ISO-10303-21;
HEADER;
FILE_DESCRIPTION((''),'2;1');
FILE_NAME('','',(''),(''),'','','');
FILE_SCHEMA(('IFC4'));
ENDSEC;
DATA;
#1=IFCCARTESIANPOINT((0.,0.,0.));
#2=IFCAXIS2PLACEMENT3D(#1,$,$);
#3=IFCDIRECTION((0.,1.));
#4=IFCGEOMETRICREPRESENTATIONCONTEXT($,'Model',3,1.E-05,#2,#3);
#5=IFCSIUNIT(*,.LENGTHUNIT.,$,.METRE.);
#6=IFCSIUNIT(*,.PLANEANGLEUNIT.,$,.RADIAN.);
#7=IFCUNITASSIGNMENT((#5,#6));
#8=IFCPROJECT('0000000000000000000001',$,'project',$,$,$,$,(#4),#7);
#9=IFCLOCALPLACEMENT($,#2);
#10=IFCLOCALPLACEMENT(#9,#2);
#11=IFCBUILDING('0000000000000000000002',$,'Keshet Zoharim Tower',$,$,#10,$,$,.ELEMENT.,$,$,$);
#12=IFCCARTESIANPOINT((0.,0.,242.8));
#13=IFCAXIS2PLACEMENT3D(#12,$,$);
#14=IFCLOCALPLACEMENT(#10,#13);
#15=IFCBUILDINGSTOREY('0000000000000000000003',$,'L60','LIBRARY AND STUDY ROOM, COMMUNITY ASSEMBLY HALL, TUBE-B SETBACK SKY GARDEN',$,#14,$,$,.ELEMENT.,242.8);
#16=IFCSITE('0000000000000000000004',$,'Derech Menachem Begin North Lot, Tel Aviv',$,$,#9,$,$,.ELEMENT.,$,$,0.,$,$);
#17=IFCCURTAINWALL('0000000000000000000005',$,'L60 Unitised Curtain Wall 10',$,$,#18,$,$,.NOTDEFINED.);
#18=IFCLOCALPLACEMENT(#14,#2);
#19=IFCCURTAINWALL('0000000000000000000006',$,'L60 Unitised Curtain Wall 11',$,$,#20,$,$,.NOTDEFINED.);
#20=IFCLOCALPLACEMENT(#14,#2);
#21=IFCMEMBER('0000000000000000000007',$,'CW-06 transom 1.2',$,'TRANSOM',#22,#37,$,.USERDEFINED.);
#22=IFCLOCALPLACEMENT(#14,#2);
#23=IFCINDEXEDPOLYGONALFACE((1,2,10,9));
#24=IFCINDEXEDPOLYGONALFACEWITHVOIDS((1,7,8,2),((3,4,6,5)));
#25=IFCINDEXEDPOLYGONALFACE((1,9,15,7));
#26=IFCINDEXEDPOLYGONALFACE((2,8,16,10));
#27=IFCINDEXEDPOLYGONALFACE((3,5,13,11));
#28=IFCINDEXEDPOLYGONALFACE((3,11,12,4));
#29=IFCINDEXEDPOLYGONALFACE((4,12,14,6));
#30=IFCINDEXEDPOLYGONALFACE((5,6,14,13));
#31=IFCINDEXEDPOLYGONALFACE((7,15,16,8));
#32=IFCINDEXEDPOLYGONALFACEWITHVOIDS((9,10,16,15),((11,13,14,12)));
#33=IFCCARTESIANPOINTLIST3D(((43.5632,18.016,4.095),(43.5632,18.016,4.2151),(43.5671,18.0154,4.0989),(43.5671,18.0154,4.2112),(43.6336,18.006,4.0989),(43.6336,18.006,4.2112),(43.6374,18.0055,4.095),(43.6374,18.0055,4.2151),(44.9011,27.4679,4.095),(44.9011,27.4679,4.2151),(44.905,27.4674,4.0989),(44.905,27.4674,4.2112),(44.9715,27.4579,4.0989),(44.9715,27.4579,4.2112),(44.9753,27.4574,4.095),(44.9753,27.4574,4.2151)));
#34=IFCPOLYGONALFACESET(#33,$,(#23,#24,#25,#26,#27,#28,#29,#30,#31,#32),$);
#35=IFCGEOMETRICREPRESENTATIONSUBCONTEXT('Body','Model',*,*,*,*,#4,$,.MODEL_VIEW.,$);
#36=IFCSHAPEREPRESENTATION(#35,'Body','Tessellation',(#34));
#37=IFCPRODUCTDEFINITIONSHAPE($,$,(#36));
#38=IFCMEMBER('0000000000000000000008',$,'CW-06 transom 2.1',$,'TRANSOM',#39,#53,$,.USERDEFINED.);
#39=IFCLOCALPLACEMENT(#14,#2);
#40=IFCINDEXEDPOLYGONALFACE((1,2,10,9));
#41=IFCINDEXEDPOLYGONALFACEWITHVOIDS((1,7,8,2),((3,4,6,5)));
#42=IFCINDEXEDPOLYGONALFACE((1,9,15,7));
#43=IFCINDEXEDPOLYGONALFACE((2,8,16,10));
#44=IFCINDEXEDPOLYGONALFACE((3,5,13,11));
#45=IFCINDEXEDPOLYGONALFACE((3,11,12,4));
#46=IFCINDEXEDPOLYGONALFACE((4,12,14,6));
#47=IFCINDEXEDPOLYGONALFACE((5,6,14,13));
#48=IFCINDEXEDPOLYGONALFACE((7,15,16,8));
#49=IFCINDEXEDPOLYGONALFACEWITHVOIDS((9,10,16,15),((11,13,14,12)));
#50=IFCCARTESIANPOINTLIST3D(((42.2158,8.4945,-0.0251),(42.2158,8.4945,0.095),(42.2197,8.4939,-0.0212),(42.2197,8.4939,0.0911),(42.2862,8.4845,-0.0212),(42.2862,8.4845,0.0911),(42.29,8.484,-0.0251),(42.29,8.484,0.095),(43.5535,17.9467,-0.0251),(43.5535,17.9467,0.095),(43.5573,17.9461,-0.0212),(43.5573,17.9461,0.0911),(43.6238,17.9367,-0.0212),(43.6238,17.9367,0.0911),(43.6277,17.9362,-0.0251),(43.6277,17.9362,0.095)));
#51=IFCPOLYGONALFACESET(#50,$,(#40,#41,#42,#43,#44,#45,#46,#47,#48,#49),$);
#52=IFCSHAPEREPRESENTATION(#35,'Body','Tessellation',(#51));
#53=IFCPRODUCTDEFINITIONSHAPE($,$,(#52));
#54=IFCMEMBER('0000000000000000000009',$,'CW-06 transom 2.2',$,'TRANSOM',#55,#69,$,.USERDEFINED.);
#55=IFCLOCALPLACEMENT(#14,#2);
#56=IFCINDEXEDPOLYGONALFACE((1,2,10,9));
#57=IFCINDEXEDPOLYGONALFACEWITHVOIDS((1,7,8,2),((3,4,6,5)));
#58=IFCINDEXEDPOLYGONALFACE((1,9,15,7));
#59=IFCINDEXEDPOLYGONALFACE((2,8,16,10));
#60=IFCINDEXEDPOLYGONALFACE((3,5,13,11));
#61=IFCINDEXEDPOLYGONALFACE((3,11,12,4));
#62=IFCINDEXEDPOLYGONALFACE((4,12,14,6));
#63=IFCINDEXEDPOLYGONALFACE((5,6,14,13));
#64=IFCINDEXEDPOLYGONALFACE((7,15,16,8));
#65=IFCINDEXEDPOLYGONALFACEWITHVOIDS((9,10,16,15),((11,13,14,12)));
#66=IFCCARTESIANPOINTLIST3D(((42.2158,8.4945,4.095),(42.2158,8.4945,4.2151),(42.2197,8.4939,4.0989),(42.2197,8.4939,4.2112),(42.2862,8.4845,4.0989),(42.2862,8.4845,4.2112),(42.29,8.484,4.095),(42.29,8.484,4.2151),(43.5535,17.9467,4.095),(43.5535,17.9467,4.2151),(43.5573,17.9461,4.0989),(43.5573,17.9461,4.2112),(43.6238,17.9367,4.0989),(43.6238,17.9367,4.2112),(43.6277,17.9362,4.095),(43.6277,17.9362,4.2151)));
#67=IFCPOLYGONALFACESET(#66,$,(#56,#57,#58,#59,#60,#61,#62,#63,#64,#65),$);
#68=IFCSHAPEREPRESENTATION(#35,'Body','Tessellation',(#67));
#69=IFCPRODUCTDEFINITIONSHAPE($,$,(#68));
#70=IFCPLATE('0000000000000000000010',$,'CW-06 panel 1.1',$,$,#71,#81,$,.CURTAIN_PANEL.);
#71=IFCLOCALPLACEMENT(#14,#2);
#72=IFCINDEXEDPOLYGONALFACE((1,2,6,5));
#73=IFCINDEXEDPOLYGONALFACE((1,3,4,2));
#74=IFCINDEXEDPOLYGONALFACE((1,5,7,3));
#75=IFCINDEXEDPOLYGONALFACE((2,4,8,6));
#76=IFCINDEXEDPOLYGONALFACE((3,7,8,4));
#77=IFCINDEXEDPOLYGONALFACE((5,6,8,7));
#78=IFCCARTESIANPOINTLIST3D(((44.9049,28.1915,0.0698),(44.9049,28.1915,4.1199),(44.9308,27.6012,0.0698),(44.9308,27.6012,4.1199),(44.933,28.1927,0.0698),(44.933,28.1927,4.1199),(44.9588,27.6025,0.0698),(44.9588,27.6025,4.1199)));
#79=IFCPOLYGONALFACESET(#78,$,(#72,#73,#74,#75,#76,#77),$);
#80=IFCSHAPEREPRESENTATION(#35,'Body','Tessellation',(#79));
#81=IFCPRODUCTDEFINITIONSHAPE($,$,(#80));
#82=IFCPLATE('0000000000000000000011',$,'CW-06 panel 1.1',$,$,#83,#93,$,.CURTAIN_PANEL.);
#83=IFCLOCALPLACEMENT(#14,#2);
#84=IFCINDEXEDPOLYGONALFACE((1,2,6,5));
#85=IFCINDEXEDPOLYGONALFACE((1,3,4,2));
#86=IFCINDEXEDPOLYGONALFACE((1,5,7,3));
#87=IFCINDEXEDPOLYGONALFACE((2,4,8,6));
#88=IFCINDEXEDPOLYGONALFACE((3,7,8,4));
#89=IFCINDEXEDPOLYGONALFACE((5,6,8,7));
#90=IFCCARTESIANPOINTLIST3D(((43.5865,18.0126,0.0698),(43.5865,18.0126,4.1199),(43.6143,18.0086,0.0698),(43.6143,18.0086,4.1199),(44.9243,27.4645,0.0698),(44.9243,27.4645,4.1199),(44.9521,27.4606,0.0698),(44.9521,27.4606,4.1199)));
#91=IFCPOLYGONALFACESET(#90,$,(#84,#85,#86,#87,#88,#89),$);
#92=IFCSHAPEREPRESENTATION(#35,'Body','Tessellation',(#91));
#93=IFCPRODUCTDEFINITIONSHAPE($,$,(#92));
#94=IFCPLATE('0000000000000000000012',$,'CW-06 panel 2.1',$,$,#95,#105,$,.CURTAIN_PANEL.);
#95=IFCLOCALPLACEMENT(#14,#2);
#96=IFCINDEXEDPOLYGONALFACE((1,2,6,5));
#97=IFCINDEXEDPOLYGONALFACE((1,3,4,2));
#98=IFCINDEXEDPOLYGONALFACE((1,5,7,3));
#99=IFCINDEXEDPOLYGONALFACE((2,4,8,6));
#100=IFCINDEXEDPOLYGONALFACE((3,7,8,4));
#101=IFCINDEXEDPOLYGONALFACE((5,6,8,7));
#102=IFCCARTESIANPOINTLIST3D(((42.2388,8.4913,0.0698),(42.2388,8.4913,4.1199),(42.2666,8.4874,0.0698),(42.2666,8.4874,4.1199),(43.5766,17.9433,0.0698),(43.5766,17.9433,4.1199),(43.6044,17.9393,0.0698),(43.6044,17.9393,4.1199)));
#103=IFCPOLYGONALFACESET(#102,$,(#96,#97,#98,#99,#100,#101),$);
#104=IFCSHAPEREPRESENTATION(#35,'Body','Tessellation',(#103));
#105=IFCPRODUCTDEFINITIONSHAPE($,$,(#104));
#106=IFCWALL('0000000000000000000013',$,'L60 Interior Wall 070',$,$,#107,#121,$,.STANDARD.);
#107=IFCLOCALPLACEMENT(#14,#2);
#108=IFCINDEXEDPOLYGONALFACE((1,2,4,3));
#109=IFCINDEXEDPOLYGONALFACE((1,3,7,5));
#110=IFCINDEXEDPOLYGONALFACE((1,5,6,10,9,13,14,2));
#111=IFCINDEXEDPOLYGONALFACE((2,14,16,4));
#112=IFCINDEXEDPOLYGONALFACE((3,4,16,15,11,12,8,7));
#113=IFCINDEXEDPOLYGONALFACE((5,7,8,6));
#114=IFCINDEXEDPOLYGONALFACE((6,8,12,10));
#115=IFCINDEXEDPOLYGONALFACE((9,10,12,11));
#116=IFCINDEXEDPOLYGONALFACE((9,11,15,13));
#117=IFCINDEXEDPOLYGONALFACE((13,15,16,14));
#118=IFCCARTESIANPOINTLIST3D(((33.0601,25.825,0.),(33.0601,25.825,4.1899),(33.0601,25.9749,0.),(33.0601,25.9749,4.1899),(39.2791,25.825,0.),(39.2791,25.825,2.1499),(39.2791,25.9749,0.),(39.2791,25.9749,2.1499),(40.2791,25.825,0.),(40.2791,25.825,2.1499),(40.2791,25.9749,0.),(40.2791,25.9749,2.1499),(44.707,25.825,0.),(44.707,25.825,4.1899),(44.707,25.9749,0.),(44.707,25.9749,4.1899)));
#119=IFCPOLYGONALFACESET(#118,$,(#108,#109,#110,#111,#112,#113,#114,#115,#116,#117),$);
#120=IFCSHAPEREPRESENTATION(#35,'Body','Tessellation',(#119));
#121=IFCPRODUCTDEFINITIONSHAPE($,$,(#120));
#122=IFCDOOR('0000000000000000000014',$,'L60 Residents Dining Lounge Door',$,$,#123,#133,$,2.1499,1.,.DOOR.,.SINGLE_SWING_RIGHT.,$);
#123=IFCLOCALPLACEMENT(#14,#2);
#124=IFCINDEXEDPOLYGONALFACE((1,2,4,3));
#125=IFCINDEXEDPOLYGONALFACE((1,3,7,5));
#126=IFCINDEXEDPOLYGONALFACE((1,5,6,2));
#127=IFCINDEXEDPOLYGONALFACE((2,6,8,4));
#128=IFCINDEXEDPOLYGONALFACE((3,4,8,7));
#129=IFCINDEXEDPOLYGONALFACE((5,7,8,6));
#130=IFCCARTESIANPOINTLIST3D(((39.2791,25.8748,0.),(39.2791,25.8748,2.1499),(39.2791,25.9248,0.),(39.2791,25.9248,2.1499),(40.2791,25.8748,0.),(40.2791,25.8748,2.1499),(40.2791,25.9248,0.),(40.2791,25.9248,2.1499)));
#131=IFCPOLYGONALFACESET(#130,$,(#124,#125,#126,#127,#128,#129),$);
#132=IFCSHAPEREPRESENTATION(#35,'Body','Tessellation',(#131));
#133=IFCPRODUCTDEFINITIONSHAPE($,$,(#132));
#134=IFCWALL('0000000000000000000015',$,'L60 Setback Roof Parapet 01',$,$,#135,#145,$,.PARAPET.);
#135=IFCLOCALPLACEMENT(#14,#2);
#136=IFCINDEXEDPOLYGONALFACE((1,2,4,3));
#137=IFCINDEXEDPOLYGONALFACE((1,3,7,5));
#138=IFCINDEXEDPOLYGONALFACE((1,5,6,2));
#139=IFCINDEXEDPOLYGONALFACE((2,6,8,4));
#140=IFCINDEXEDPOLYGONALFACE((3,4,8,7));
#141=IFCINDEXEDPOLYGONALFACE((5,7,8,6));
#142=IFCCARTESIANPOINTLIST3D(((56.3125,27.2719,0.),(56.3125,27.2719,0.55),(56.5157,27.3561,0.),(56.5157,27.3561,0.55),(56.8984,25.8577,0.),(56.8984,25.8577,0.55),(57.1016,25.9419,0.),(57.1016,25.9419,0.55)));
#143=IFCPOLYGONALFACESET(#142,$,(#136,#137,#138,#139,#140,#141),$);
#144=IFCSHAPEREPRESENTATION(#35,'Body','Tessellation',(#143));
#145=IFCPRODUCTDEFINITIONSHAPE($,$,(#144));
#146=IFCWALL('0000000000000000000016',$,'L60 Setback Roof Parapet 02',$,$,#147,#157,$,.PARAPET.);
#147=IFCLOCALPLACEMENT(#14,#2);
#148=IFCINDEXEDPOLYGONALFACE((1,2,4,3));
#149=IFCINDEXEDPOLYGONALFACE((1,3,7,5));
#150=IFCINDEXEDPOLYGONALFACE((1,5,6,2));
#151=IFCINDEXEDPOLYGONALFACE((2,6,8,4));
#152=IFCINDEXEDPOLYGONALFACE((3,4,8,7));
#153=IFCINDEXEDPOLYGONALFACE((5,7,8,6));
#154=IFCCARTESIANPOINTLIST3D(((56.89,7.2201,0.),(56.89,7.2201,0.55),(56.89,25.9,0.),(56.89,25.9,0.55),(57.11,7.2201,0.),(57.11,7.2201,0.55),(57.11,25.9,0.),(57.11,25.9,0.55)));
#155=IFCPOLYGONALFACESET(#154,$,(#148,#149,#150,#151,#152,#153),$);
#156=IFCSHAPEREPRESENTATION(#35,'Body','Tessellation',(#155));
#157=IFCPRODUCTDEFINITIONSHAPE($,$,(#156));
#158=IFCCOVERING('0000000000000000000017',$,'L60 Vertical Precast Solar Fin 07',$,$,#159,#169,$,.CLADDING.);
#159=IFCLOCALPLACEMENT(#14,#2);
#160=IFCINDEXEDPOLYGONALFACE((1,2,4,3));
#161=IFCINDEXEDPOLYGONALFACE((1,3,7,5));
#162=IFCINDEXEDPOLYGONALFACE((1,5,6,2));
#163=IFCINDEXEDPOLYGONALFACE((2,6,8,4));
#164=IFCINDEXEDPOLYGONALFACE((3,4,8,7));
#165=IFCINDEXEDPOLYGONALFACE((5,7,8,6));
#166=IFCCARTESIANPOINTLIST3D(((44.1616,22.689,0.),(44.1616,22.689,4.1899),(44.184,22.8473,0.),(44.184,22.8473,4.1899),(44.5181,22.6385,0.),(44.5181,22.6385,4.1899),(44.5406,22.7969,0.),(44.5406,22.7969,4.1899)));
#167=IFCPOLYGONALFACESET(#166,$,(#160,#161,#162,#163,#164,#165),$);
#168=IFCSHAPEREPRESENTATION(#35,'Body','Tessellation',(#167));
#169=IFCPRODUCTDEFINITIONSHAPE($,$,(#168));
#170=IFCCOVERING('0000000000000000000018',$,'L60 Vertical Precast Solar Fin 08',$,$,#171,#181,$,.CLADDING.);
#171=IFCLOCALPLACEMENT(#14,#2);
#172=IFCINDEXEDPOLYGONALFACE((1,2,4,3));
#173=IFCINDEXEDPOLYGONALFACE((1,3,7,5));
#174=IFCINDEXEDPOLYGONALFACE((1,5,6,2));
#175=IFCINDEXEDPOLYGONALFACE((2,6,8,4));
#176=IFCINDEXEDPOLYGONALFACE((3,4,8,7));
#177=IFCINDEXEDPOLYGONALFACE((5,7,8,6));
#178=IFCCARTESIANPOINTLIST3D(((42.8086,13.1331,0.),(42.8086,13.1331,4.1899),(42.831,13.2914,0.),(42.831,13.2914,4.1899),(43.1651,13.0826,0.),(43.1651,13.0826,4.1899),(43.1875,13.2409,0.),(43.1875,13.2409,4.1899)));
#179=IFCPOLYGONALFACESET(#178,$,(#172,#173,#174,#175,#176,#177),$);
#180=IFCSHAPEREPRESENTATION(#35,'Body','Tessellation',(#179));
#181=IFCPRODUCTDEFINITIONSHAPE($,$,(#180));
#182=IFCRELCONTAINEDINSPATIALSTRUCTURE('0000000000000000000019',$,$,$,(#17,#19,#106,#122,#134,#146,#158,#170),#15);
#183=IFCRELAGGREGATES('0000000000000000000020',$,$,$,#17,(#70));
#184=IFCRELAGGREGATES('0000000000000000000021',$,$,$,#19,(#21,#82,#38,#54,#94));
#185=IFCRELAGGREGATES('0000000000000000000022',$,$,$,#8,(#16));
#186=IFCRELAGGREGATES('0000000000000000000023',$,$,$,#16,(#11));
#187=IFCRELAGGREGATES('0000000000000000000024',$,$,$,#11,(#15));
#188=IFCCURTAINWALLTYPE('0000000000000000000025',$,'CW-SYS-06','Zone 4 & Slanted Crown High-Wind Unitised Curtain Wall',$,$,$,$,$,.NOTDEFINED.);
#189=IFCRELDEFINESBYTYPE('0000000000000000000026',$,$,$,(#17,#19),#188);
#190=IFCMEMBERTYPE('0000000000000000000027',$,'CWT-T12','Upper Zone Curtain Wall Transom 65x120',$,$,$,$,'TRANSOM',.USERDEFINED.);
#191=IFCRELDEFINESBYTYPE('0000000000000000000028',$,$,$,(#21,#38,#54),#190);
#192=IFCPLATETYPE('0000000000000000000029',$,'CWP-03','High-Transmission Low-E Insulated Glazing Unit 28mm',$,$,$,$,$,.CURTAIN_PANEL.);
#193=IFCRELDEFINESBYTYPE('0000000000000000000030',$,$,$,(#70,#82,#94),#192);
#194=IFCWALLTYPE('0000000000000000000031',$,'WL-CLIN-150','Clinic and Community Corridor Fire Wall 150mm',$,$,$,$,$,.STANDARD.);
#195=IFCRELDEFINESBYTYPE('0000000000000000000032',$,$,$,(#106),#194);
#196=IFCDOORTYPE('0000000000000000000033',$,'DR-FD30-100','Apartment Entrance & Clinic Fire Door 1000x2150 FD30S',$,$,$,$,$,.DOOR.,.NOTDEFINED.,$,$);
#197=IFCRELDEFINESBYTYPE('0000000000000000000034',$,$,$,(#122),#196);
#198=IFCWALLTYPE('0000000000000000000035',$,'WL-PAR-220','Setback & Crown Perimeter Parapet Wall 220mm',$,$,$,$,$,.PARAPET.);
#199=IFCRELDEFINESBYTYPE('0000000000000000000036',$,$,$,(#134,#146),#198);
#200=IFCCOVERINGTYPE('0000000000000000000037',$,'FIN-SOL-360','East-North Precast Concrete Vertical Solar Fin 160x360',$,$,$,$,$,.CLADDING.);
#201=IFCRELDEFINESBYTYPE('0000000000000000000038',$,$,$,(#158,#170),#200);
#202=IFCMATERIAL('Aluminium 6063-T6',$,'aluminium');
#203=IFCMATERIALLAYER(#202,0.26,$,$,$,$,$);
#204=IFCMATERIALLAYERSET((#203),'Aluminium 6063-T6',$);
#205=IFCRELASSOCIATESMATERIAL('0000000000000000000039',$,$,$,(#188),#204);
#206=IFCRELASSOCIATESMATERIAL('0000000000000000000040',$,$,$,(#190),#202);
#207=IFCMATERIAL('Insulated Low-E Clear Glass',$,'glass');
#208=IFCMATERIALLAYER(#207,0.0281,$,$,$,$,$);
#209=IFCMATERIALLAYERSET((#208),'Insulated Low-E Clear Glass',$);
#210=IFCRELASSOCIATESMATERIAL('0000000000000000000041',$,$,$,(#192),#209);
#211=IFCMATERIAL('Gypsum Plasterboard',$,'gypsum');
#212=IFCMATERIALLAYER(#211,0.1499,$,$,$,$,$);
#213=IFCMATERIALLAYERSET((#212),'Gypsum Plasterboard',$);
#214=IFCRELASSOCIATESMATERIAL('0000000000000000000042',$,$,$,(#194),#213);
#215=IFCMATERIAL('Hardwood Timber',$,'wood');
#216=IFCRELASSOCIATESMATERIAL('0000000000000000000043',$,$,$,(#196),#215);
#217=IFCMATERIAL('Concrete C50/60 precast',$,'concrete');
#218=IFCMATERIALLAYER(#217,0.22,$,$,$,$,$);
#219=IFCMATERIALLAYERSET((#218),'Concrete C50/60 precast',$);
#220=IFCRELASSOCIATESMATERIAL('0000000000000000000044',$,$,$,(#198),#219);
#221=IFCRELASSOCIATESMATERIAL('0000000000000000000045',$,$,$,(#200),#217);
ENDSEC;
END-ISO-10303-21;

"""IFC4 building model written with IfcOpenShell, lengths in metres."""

from ifc_helpers import new_model, si_unit, direction, frame, frame_2d, origin, origin_2d, place, context, subcontext, project, spatial, rectangle, hollow_rectangle, extrude, material, layer, layer_set, material_profile, profile_set, type_object, element, fill, aggregate, save


model = new_model("IFC4")

# Units and contexts
model_context = context("Model", 3, precision=1e-05, world=origin(), true_north=direction((0.0, 1.0)))
body_context = subcontext(model_context, "Body", "Model", "MODEL_VIEW")
ifc_project = project(units=[si_unit("LENGTHUNIT", "METRE"), si_unit("PLANEANGLEUNIT", "RADIAN")], contexts=[model_context])

# Site, building, storey
site_placement = place(None, origin())
site = spatial("IfcSite", under=ifc_project, at=site_placement, Name="Derech Menachem Begin North Lot, Tel Aviv", CompositionType="ELEMENT", RefElevation=0.0)
building_placement = place(site_placement, origin())
building = spatial("IfcBuilding", under=site, at=building_placement, Name="Keshet Zoharim Tower", CompositionType="ELEMENT")
storey_placement = place(building_placement, frame((0.0, 0.0, 242.8)))
storey = spatial("IfcBuildingStorey", under=building, at=storey_placement, Name="L60", Description="LIBRARY AND STUDY ROOM, COMMUNITY ASSEMBLY HALL, TUBE-B SETBACK SKY GARDEN", CompositionType="ELEMENT", Elevation=242.8)

# Curtain wall
ifc_material_1 = material(Name="Aluminium 6063-T6", Category="aluminium")
ifc_layer_1 = layer(ifc_material_1, 0.26)
ifc_layer_set_1 = layer_set([ifc_layer_1], Name="Aluminium 6063-T6")
curtain_wall_type = type_object("IfcCurtainWallType", Name="CW-SYS-06", Description="Zone 4 & Slanted Crown High-Wind Unitised Curtain Wall", PredefinedType="NOTDEFINED", material=ifc_layer_set_1)
curtain_wall_1_placement = place(storey_placement, origin())
curtain_wall_1 = element("IfcCurtainWall", 1, at=curtain_wall_1_placement, inside=storey, type_object=curtain_wall_type, Name="L60 Unitised Curtain Wall 10", PredefinedType="NOTDEFINED")

# Curtain wall, members
curtain_wall_2_placement = place(storey_placement, origin())
curtain_wall_2 = element("IfcCurtainWall", 2, at=curtain_wall_2_placement, inside=storey, type_object=curtain_wall_type, Name="L60 Unitised Curtain Wall 11", PredefinedType="NOTDEFINED")
ifc_material_profile_1 = material_profile(ifc_material_1, hollow_rectangle(XDim=0.075, YDim=0.1201, WallThickness=0.0039, at=origin_2d()), Name="TRN-75x120")
ifc_profile_set_1 = profile_set([ifc_material_profile_1], Name="Aluminium 6063-T6")
member_type_1 = type_object("IfcMemberType", Name="CWT-T12", Description="Upper Zone Curtain Wall Transom 65x120", ElementType="TRANSOM", PredefinedType="USERDEFINED", material=ifc_profile_set_1)
member_1_placement = place(storey_placement, frame((44.9382, 27.4626, 4.155), z_axis=(-0.14015, -0.99013, 0.0), x_axis=(0.99013, -0.14015, 0.0)))
member_1 = element("IfcMember", 3, at=member_1_placement, type_object=member_type_1, Name="CW-06 transom 1.2", ObjectType="TRANSOM", PredefinedType="USERDEFINED", context=body_context, shape_type="SweptSolid", body=[
    extrude(hollow_rectangle(XDim=0.075, YDim=0.1201, WallThickness=0.0039, at=origin_2d()), origin(), (0.0, 0.0, 1.0), 9.5461),
])
member_2_placement = place(storey_placement, frame((43.5906, 17.9414, 0.0349), z_axis=(-0.140122, -0.990134, 0.0), x_axis=(0.990134, -0.140122, 0.0)))
member_2 = element("IfcMember", 4, at=member_2_placement, type_object=member_type_1, Name="CW-06 transom 2.1", ObjectType="TRANSOM", PredefinedType="USERDEFINED", context=body_context, shape_type="SweptSolid", body=[
    extrude(hollow_rectangle(XDim=0.075, YDim=0.1201, WallThickness=0.0039, at=origin_2d()), origin(), (0.0, 0.0, 1.0), 9.5464),
])
member_3_placement = place(storey_placement, frame((43.5906, 17.9414, 4.155), z_axis=(-0.140122, -0.990134, 0.0), x_axis=(0.990134, -0.140122, 0.0)))
member_3 = element("IfcMember", 5, at=member_3_placement, type_object=member_type_1, Name="CW-06 transom 2.2", ObjectType="TRANSOM", PredefinedType="USERDEFINED", context=body_context, shape_type="SweptSolid", body=[
    extrude(hollow_rectangle(XDim=0.075, YDim=0.1201, WallThickness=0.0039, at=origin_2d()), origin(), (0.0, 0.0, 1.0), 9.5464),
])

# Plates
ifc_material_2 = material(Name="Insulated Low-E Clear Glass", Category="glass")
ifc_layer_2 = layer(ifc_material_2, 0.0281)
ifc_layer_set_2 = layer_set([ifc_layer_2], Name="Insulated Low-E Clear Glass")
plate_type = type_object("IfcPlateType", Name="CWP-03", Description="High-Transmission Low-E Insulated Glazing Unit 28mm", PredefinedType="CURTAIN_PANEL", material=ifc_layer_set_2)
plate_1_placement = place(storey_placement, frame((44.9319, 27.897, 0.0698), z_axis=(0.0, 0.0, 1.0), x_axis=(0.043794, -0.999041, 0.0)))
plate_1 = element("IfcPlate", 6, at=plate_1_placement, type_object=plate_type, Name="CW-06 panel 1.1", PredefinedType="CURTAIN_PANEL", context=body_context, shape_type="SweptSolid", body=[
    extrude(rectangle(XDim=0.5908, YDim=0.0281, at=origin_2d()), origin(), (0.0, 0.0, 1.0), 4.05),
])
aggregate(curtain_wall_1, [plate_1])
plate_2_placement = place(storey_placement, frame((44.2693, 22.7366, 0.0698), z_axis=(0.0, 0.0, 1.0), x_axis=(-0.140137, -0.990132, 0.0)))
plate_2 = element("IfcPlate", 7, at=plate_2_placement, type_object=plate_type, Name="CW-06 panel 1.1", PredefinedType="CURTAIN_PANEL", context=body_context, shape_type="SweptSolid", body=[
    extrude(rectangle(XDim=9.5461, YDim=0.0281, at=origin_2d()), origin(), (0.0, 0.0, 1.0), 4.05),
])
plate_3_placement = place(storey_placement, frame((42.9216, 13.2153, 0.0698), z_axis=(0.0, 0.0, 1.0), x_axis=(-0.140137, -0.990132, 0.0)))
plate_3 = element("IfcPlate", 8, at=plate_3_placement, type_object=plate_type, Name="CW-06 panel 2.1", PredefinedType="CURTAIN_PANEL", context=body_context, shape_type="SweptSolid", body=[
    extrude(rectangle(XDim=9.5461, YDim=0.0281, at=origin_2d()), origin(), (0.0, 0.0, 1.0), 4.05),
])
aggregate(curtain_wall_2, [member_1, plate_2, member_2, member_3, plate_3])

# Wall, opening, door
ifc_material_3 = material(Name="Gypsum Plasterboard", Category="gypsum")
ifc_layer_3 = layer(ifc_material_3, 0.1499)
ifc_layer_set_3 = layer_set([ifc_layer_3], Name="Gypsum Plasterboard")
wall_type_1 = type_object("IfcWallType", Name="WL-CLIN-150", Description="Clinic and Community Corridor Fire Wall 150mm", PredefinedType="STANDARD", material=ifc_layer_set_3)
wall_1_placement = place(storey_placement, frame((33.0601, 25.8999, 0.0), z_axis=(0.0, 0.0, 1.0), x_axis=(1.0, 0.0, 0.0)))
wall_1 = element("IfcWall", 9, at=wall_1_placement, inside=storey, type_object=wall_type_1, Name="L60 Interior Wall 070", PredefinedType="STANDARD", context=body_context, shape_type="SweptSolid", body=[
    extrude(rectangle(XDim=11.647, YDim=0.1499, at=frame_2d((5.8235, 0.0))), origin(), (0.0, 0.0, 1.0), 4.1899),
])
opening_placement = place(wall_1_placement, frame((6.219, 0.0, 0.0)))
opening = element("IfcOpeningElement", 10, at=opening_placement, cuts=wall_1, PredefinedType="OPENING", context=body_context, shape_type="SweptSolid", body=[
    extrude(rectangle(XDim=1.0, YDim=2.1499, at=frame_2d((0.5, 1.075))), frame((0.0, 0.085, 0.0), z_axis=(0.0, -1.0, 0.0), x_axis=(1.0, 0.0, 0.0)), (0.0, 0.0, 1.0), 0.1699),
])
ifc_material_4 = material(Name="Hardwood Timber", Category="wood")
door_type = type_object("IfcDoorType", Name="DR-FD30-100", Description="Apartment Entrance & Clinic Fire Door 1000x2150 FD30S", OperationType="NOTDEFINED", PredefinedType="DOOR", material=ifc_material_4)
door_placement = place(opening_placement, origin())
door = element("IfcDoor", 11, at=door_placement, inside=storey, type_object=door_type, Name="L60 Residents Dining Lounge Door", OperationType="SINGLE_SWING_RIGHT", OverallHeight=2.1499, OverallWidth=1.0, PredefinedType="DOOR", context=body_context, shape_type="SweptSolid", body=[
    extrude(rectangle(XDim=1.0, YDim=2.1499, at=frame_2d((0.5, 1.075))), frame((0.0, 0.0249, 0.0), z_axis=(0.0, -1.0, 0.0), x_axis=(1.0, 0.0, 0.0)), (0.0, 0.0, 1.0), 0.05),
])
fill(opening, door)

# Walls
ifc_material_5 = material(Name="Concrete C50/60 precast", Category="concrete")
ifc_layer_4 = layer(ifc_material_5, 0.22)
ifc_layer_set_4 = layer_set([ifc_layer_4], Name="Concrete C50/60 precast")
wall_type_2 = type_object("IfcWallType", Name="WL-PAR-220", Description="Setback & Crown Perimeter Parapet Wall 220mm", PredefinedType="PARAPET", material=ifc_layer_set_4)
wall_2_placement = place(storey_placement, frame((56.4141, 27.314, 0.0), z_axis=(0.0, 0.0, 1.0), x_axis=(0.382803, -0.92383, 0.0)))
element("IfcWall", 12, at=wall_2_placement, inside=storey, type_object=wall_type_2, Name="L60 Setback Roof Parapet 01", PredefinedType="PARAPET", context=body_context, shape_type="SweptSolid", body=[
    extrude(rectangle(XDim=1.5308, YDim=0.22, at=frame_2d((0.7654, 0.0))), origin(), (0.0, 0.0, 1.0), 0.55),
])
wall_3_placement = place(storey_placement, frame((57.0, 25.8999, 0.0), z_axis=(0.0, 0.0, 1.0), x_axis=(0.0, -1.0, 0.0)))
element("IfcWall", 13, at=wall_3_placement, inside=storey, type_object=wall_type_2, Name="L60 Setback Roof Parapet 02", PredefinedType="PARAPET", context=body_context, shape_type="SweptSolid", body=[
    extrude(rectangle(XDim=18.6799, YDim=0.22, at=frame_2d((9.3398, 0.0))), origin(), (0.0, 0.0, 1.0), 0.55),
])

# Coverings
covering_type = type_object("IfcCoveringType", Name="FIN-SOL-360", Description="East-North Precast Concrete Vertical Solar Fin 160x360", PredefinedType="CLADDING", material=ifc_material_5)
for number, where, z_axis, x_axis, name in (
    (14, (44.3511, 22.7429, 0.0), (0.0, 0.0, 1.0), (-0.140137, -0.990132, 0.0), "L60 Vertical Precast Solar Fin 07"),
    (15, (42.998, 13.187, 0.0), (0.0, 0.0, 1.0), (-0.140137, -0.990132, 0.0), "L60 Vertical Precast Solar Fin 08"),
):
    element("IfcCovering", number, at=place(storey_placement, frame(where, z_axis=z_axis, x_axis=x_axis)), inside=storey, type_object=covering_type, Name=name, PredefinedType="CLADDING", context=body_context, shape_type="SweptSolid", body=[
        extrude(rectangle(XDim=0.1599, YDim=0.3601, at=origin_2d()), origin(), (0.0, 0.0, 1.0), 4.1899),
    ])

save(model, "model.ifc")
